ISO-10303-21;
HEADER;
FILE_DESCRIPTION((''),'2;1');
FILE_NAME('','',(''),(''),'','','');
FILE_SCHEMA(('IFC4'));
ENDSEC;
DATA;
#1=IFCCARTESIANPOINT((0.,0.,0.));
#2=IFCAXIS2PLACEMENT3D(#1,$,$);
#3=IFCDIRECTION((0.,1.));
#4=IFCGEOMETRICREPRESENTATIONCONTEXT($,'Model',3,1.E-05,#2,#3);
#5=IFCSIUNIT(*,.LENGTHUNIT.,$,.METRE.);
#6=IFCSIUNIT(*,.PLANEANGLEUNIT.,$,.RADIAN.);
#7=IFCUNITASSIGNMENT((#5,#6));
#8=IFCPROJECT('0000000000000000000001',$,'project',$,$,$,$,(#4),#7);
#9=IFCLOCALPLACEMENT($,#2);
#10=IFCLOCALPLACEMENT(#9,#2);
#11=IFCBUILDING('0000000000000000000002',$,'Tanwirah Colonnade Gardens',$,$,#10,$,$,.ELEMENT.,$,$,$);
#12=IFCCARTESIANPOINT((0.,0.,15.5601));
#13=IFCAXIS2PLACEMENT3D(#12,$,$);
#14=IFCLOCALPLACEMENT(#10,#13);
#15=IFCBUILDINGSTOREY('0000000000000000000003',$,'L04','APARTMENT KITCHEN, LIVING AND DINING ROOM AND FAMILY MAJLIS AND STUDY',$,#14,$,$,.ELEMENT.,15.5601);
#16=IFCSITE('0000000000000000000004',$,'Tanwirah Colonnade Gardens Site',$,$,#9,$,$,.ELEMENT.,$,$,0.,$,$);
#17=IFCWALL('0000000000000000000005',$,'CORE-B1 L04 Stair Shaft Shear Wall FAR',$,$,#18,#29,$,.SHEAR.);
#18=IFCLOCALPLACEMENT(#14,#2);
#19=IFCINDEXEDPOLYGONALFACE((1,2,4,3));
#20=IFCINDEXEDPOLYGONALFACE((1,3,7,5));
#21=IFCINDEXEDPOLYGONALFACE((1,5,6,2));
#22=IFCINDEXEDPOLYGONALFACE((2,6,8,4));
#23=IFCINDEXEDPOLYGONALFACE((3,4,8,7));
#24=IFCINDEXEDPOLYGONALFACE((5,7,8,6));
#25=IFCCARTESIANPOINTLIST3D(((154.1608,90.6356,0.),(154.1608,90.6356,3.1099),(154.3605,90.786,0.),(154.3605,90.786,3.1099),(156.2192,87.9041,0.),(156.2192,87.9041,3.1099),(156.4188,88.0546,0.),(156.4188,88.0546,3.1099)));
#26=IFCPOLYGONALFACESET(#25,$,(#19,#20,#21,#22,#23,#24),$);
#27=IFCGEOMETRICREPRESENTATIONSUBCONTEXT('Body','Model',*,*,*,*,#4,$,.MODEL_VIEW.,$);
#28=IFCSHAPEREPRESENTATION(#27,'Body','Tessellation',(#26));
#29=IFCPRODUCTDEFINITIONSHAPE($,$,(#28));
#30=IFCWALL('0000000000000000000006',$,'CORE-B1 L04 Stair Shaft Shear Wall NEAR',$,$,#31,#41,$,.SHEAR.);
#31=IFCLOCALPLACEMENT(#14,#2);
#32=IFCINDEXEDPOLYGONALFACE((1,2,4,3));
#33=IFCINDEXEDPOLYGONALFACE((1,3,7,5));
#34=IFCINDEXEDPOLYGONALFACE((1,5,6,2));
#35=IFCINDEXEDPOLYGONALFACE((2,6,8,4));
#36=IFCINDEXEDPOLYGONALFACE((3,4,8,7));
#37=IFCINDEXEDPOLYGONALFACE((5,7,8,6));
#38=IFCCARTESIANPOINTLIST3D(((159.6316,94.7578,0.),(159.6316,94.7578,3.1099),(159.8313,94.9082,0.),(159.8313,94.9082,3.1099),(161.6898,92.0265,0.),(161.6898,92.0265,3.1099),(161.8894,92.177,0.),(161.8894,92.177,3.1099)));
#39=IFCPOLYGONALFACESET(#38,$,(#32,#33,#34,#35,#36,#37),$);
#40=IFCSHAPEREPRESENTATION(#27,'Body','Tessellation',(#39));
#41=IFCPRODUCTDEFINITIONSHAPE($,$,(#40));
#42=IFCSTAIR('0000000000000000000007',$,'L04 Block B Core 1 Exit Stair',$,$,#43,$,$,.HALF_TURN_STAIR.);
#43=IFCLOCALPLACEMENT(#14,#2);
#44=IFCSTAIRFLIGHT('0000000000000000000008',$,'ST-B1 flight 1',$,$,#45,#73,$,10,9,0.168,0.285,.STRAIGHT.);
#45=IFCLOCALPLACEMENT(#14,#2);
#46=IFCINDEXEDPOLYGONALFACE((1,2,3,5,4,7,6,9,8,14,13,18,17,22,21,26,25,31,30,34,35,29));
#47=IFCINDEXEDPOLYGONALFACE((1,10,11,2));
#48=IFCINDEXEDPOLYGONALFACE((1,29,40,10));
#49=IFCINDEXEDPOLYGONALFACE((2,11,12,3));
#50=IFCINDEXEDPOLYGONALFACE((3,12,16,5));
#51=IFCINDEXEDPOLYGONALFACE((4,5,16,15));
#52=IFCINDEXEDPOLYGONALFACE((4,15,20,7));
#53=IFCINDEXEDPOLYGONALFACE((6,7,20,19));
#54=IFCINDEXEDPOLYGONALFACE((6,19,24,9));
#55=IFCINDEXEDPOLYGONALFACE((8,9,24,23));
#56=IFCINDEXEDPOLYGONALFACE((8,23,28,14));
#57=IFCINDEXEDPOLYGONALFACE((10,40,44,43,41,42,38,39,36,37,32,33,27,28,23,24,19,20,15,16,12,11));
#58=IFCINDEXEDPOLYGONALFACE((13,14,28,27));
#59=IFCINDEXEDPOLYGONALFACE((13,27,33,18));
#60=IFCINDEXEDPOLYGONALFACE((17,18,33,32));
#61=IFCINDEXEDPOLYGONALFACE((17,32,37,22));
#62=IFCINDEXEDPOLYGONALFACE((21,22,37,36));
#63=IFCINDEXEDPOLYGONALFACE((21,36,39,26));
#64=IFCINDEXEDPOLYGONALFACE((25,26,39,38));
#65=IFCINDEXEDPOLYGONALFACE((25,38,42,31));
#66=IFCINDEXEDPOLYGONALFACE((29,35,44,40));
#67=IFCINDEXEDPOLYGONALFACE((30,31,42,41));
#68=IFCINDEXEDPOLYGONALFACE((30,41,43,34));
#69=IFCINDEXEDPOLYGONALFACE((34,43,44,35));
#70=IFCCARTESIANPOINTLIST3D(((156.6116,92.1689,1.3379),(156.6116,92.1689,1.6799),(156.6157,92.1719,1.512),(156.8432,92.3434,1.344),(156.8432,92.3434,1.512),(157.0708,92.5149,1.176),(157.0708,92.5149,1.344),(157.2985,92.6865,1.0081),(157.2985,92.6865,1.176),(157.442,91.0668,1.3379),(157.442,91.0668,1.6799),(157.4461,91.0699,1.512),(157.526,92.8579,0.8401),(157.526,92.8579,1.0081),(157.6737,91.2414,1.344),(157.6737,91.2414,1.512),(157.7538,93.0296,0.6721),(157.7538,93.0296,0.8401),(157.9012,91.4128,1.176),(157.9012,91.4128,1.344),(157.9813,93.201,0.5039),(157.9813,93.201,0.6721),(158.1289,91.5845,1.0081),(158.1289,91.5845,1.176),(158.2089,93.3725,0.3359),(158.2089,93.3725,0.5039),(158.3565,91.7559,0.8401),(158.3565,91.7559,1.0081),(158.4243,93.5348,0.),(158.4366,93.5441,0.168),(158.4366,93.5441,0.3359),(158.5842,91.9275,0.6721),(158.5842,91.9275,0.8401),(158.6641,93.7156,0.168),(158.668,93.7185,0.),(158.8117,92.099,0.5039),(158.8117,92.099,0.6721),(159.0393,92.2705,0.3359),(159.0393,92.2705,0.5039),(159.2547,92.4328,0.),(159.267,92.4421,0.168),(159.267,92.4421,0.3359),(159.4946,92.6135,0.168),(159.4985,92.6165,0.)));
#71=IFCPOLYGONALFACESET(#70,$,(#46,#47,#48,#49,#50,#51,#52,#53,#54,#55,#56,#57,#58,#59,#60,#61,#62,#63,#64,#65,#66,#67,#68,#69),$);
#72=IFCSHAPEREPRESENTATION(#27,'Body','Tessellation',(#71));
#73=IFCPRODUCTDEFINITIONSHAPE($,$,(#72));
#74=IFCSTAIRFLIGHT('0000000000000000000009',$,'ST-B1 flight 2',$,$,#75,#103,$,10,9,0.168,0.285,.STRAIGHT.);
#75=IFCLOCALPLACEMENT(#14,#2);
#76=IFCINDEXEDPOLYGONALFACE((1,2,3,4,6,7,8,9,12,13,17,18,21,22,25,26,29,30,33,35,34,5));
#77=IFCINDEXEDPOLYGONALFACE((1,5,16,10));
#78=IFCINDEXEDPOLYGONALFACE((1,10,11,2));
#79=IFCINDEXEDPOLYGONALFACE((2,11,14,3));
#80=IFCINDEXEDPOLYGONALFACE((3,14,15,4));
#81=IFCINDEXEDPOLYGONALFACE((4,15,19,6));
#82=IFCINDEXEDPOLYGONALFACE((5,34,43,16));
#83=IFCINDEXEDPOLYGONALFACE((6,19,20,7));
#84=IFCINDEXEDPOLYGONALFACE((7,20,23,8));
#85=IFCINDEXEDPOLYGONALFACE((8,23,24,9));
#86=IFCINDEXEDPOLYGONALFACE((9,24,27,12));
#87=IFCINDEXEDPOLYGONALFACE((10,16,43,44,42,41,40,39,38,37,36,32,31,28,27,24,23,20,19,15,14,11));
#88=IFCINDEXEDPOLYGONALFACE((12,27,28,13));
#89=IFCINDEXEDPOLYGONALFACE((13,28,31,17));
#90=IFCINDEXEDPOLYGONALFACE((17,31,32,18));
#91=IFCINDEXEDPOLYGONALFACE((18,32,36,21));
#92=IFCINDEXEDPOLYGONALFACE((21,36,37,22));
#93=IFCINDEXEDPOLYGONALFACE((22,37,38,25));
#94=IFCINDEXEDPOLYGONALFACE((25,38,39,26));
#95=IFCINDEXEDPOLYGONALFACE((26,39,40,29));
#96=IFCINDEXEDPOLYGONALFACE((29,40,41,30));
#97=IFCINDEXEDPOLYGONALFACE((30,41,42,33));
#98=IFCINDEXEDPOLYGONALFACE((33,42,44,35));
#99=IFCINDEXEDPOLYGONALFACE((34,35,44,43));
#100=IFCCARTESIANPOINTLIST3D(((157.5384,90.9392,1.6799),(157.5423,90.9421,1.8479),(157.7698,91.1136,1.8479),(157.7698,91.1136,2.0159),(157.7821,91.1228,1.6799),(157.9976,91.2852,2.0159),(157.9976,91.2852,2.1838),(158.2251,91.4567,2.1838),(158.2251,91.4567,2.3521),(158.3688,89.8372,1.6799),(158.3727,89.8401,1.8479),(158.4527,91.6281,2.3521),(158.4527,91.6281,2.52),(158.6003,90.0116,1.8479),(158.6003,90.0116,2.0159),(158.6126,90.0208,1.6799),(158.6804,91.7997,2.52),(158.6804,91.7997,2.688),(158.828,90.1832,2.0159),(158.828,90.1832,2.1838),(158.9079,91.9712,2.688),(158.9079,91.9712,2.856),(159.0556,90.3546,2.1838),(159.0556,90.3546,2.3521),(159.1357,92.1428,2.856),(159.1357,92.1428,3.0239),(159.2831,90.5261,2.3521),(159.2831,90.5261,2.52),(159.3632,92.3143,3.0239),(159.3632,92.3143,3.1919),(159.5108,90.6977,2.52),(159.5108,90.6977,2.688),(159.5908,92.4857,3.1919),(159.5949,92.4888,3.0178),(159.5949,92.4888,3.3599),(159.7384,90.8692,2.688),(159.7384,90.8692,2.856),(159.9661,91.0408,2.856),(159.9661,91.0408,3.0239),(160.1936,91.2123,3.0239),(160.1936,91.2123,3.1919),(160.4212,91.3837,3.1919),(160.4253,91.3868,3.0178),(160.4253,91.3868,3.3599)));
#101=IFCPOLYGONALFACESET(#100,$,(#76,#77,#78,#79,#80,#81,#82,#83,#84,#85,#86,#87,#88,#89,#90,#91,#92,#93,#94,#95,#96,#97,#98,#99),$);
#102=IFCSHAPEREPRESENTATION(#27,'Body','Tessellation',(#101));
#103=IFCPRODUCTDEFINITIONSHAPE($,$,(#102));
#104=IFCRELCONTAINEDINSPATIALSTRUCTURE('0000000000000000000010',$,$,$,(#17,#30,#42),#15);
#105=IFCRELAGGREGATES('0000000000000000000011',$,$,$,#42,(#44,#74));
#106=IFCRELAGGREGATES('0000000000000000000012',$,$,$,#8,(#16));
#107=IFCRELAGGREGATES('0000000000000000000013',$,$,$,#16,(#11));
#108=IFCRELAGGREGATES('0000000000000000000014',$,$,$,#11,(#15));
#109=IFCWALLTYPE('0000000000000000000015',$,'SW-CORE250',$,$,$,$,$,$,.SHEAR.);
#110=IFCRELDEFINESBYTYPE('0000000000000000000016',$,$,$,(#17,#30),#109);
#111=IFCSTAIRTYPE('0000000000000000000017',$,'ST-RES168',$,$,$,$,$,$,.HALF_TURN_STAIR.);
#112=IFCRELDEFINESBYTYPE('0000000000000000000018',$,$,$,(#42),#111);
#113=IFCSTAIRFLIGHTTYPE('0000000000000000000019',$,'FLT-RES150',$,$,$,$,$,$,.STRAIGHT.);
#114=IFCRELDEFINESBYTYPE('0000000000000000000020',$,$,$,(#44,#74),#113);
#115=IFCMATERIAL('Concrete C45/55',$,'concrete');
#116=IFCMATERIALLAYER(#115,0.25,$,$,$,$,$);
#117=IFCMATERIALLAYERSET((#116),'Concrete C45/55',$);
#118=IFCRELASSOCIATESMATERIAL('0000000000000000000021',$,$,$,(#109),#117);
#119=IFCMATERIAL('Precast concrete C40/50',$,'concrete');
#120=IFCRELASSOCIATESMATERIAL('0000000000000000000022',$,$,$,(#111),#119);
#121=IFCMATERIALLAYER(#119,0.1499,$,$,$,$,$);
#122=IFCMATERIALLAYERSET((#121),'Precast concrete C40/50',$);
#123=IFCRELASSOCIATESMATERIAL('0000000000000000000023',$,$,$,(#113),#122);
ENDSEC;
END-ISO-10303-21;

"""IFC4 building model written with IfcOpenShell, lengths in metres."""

from ifc_helpers import new_model, si_unit, direction, frame, frame_2d, origin, place, context, subcontext, project, spatial, polyline, rectangle, outline, extrude, material, layer, layer_set, type_object, element, aggregate, save


model = new_model("IFC4")

# Units and contexts
model_context = context("Model", 3, precision=1e-05, world=origin(), true_north=direction((0.0, 1.0)))
body_context = subcontext(model_context, "Body", "Model", "MODEL_VIEW")
ifc_project = project(units=[si_unit("LENGTHUNIT", "METRE"), si_unit("PLANEANGLEUNIT", "RADIAN")], contexts=[model_context])

# Site, building, storey
site_placement = place(None, origin())
site = spatial("IfcSite", under=ifc_project, at=site_placement, Name="Tanwirah Colonnade Gardens Site", CompositionType="ELEMENT", RefElevation=0.0)
building_placement = place(site_placement, origin())
building = spatial("IfcBuilding", under=site, at=building_placement, Name="Tanwirah Colonnade Gardens", CompositionType="ELEMENT")
storey_placement = place(building_placement, frame((0.0, 0.0, 15.5601)))
storey = spatial("IfcBuildingStorey", under=building, at=storey_placement, Name="L04", Description="APARTMENT KITCHEN, LIVING AND DINING ROOM AND FAMILY MAJLIS AND STUDY", CompositionType="ELEMENT", Elevation=15.5601)

# Shared definitions
ifc_material_1 = material(Name="Precast concrete C40/50", Category="concrete")

# Walls
ifc_material_2 = material(Name="Concrete C45/55", Category="concrete")
ifc_layer_1 = layer(ifc_material_2, 0.25)
ifc_layer_set_1 = layer_set([ifc_layer_1], Name="Concrete C45/55")
wall_type_1 = type_object("IfcWallType", Name="SW-CORE250", PredefinedType="SHEAR", material=ifc_layer_set_1)
wall_1_placement = place(storey_placement, frame((154.2607, 90.7107, 0.0), z_axis=(0.0, 0.0, 1.0), x_axis=(0.601826, -0.798627, 0.0)))
element("IfcWall", 1, at=wall_1_placement, inside=storey, type_object=wall_type_1, Name="CORE-B1 L04 Stair Shaft Shear Wall FAR", PredefinedType="SHEAR", context=body_context, shape_type="SweptSolid", body=[
    extrude(rectangle(XDim=3.4202, YDim=0.25, at=frame_2d((1.71, 0.0))), origin(), (0.0, 0.0, 1.0), 3.1099),
])
wall_2_placement = place(storey_placement, frame((159.7314, 94.833, 0.0), z_axis=(0.0, 0.0, 1.0), x_axis=(0.601815, -0.798636, 0.0)))
element("IfcWall", 2, at=wall_2_placement, inside=storey, type_object=wall_type_1, Name="CORE-B1 L04 Stair Shaft Shear Wall NEAR", PredefinedType="SHEAR", context=body_context, shape_type="SweptSolid", body=[
    extrude(rectangle(XDim=3.4199, YDim=0.25, at=frame_2d((1.71, 0.0))), origin(), (0.0, 0.0, 1.0), 3.1099),
])

# Stair, stair flights
stair_type = type_object("IfcStairType", Name="ST-RES168", PredefinedType="HALF_TURN_STAIR", material=ifc_material_1)
stair_placement = place(storey_placement, origin())
stair = element("IfcStair", 3, at=stair_placement, inside=storey, type_object=stair_type, Name="L04 Block B Core 1 Exit Stair", PredefinedType="HALF_TURN_STAIR")
ifc_layer_2 = layer(ifc_material_1, 0.1499)
ifc_layer_set_2 = layer_set([ifc_layer_2], Name="Precast concrete C40/50")
stair_flight_type = type_object("IfcStairFlightType", Name="FLT-RES150", PredefinedType="STRAIGHT", material=ifc_layer_set_2)
stair_flight_1_placement = place(storey_placement, frame((159.0793, 93.1646, 0.0), z_axis=(0.0, 0.0, 1.0), x_axis=(-0.798636, -0.601815, 0.0)))
stair_flight_1 = element("IfcStairFlight", 4, at=stair_flight_1_placement, type_object=stair_flight_type, Name="ST-B1 flight 1", NumberOfRisers=10, NumberOfTreads=9, PredefinedType="STRAIGHT", RiserHeight=0.168, TreadLength=0.285, context=body_context, shape_type="SweptSolid", body=[
    extrude(outline(polyline([(-0.0049, 0.0), (0.0, 0.168), (0.2849, 0.168), (0.2849, 0.3359), (0.5701, 0.3359), (0.5701, 0.5039), (0.855, 0.5039), (0.855, 0.6721), (1.1399, 0.6721), (1.1399, 0.8401), (1.425, 0.8401), (1.425, 1.0081), (1.71, 1.0081), (1.71, 1.176), (1.9951, 1.176), (1.9951, 1.344), (2.28, 1.344), (2.28, 1.512), (2.5649, 1.512), (2.5701, 1.6799), (2.5701, 1.3379), (0.3003, 0.0), (-0.0049, 0.0)])), frame((0.0, 0.6899, 0.0), z_axis=(0.0, -1.0, 0.0), x_axis=(1.0, 0.0, 0.0)), (0.0, 0.0, 1.0), 1.3799),
])
stair_flight_2_placement = place(storey_placement, frame((157.9575, 90.3911, 1.6799), z_axis=(0.0, 0.0, 1.0), x_axis=(0.798636, 0.601815, 0.0)))
stair_flight_2 = element("IfcStairFlight", 5, at=stair_flight_2_placement, type_object=stair_flight_type, Name="ST-B1 flight 2", NumberOfRisers=10, NumberOfTreads=9, PredefinedType="STRAIGHT", RiserHeight=0.168, TreadLength=0.285, context=body_context, shape_type="SweptSolid", body=[
    extrude(outline(polyline([(-0.0049, 0.0), (0.0, 0.168), (0.2849, 0.168), (0.2849, 0.3359), (0.5701, 0.3359), (0.5701, 0.5039), (0.855, 0.5039), (0.855, 0.6721), (1.1399, 0.6721), (1.1399, 0.8401), (1.425, 0.8401), (1.425, 1.0081), (1.71, 1.0081), (1.71, 1.176), (1.9951, 1.176), (1.9951, 1.344), (2.28, 1.344), (2.28, 1.512), (2.5649, 1.512), (2.5701, 1.6799), (2.5701, 1.3379), (0.3003, 0.0), (-0.0049, 0.0)])), frame((0.0, 0.6899, 0.0), z_axis=(0.0, -1.0, 0.0), x_axis=(1.0, 0.0, 0.0)), (0.0, 0.0, 1.0), 1.3799),
])
aggregate(stair, [stair_flight_1, stair_flight_2])

save(model, "model.ifc")
